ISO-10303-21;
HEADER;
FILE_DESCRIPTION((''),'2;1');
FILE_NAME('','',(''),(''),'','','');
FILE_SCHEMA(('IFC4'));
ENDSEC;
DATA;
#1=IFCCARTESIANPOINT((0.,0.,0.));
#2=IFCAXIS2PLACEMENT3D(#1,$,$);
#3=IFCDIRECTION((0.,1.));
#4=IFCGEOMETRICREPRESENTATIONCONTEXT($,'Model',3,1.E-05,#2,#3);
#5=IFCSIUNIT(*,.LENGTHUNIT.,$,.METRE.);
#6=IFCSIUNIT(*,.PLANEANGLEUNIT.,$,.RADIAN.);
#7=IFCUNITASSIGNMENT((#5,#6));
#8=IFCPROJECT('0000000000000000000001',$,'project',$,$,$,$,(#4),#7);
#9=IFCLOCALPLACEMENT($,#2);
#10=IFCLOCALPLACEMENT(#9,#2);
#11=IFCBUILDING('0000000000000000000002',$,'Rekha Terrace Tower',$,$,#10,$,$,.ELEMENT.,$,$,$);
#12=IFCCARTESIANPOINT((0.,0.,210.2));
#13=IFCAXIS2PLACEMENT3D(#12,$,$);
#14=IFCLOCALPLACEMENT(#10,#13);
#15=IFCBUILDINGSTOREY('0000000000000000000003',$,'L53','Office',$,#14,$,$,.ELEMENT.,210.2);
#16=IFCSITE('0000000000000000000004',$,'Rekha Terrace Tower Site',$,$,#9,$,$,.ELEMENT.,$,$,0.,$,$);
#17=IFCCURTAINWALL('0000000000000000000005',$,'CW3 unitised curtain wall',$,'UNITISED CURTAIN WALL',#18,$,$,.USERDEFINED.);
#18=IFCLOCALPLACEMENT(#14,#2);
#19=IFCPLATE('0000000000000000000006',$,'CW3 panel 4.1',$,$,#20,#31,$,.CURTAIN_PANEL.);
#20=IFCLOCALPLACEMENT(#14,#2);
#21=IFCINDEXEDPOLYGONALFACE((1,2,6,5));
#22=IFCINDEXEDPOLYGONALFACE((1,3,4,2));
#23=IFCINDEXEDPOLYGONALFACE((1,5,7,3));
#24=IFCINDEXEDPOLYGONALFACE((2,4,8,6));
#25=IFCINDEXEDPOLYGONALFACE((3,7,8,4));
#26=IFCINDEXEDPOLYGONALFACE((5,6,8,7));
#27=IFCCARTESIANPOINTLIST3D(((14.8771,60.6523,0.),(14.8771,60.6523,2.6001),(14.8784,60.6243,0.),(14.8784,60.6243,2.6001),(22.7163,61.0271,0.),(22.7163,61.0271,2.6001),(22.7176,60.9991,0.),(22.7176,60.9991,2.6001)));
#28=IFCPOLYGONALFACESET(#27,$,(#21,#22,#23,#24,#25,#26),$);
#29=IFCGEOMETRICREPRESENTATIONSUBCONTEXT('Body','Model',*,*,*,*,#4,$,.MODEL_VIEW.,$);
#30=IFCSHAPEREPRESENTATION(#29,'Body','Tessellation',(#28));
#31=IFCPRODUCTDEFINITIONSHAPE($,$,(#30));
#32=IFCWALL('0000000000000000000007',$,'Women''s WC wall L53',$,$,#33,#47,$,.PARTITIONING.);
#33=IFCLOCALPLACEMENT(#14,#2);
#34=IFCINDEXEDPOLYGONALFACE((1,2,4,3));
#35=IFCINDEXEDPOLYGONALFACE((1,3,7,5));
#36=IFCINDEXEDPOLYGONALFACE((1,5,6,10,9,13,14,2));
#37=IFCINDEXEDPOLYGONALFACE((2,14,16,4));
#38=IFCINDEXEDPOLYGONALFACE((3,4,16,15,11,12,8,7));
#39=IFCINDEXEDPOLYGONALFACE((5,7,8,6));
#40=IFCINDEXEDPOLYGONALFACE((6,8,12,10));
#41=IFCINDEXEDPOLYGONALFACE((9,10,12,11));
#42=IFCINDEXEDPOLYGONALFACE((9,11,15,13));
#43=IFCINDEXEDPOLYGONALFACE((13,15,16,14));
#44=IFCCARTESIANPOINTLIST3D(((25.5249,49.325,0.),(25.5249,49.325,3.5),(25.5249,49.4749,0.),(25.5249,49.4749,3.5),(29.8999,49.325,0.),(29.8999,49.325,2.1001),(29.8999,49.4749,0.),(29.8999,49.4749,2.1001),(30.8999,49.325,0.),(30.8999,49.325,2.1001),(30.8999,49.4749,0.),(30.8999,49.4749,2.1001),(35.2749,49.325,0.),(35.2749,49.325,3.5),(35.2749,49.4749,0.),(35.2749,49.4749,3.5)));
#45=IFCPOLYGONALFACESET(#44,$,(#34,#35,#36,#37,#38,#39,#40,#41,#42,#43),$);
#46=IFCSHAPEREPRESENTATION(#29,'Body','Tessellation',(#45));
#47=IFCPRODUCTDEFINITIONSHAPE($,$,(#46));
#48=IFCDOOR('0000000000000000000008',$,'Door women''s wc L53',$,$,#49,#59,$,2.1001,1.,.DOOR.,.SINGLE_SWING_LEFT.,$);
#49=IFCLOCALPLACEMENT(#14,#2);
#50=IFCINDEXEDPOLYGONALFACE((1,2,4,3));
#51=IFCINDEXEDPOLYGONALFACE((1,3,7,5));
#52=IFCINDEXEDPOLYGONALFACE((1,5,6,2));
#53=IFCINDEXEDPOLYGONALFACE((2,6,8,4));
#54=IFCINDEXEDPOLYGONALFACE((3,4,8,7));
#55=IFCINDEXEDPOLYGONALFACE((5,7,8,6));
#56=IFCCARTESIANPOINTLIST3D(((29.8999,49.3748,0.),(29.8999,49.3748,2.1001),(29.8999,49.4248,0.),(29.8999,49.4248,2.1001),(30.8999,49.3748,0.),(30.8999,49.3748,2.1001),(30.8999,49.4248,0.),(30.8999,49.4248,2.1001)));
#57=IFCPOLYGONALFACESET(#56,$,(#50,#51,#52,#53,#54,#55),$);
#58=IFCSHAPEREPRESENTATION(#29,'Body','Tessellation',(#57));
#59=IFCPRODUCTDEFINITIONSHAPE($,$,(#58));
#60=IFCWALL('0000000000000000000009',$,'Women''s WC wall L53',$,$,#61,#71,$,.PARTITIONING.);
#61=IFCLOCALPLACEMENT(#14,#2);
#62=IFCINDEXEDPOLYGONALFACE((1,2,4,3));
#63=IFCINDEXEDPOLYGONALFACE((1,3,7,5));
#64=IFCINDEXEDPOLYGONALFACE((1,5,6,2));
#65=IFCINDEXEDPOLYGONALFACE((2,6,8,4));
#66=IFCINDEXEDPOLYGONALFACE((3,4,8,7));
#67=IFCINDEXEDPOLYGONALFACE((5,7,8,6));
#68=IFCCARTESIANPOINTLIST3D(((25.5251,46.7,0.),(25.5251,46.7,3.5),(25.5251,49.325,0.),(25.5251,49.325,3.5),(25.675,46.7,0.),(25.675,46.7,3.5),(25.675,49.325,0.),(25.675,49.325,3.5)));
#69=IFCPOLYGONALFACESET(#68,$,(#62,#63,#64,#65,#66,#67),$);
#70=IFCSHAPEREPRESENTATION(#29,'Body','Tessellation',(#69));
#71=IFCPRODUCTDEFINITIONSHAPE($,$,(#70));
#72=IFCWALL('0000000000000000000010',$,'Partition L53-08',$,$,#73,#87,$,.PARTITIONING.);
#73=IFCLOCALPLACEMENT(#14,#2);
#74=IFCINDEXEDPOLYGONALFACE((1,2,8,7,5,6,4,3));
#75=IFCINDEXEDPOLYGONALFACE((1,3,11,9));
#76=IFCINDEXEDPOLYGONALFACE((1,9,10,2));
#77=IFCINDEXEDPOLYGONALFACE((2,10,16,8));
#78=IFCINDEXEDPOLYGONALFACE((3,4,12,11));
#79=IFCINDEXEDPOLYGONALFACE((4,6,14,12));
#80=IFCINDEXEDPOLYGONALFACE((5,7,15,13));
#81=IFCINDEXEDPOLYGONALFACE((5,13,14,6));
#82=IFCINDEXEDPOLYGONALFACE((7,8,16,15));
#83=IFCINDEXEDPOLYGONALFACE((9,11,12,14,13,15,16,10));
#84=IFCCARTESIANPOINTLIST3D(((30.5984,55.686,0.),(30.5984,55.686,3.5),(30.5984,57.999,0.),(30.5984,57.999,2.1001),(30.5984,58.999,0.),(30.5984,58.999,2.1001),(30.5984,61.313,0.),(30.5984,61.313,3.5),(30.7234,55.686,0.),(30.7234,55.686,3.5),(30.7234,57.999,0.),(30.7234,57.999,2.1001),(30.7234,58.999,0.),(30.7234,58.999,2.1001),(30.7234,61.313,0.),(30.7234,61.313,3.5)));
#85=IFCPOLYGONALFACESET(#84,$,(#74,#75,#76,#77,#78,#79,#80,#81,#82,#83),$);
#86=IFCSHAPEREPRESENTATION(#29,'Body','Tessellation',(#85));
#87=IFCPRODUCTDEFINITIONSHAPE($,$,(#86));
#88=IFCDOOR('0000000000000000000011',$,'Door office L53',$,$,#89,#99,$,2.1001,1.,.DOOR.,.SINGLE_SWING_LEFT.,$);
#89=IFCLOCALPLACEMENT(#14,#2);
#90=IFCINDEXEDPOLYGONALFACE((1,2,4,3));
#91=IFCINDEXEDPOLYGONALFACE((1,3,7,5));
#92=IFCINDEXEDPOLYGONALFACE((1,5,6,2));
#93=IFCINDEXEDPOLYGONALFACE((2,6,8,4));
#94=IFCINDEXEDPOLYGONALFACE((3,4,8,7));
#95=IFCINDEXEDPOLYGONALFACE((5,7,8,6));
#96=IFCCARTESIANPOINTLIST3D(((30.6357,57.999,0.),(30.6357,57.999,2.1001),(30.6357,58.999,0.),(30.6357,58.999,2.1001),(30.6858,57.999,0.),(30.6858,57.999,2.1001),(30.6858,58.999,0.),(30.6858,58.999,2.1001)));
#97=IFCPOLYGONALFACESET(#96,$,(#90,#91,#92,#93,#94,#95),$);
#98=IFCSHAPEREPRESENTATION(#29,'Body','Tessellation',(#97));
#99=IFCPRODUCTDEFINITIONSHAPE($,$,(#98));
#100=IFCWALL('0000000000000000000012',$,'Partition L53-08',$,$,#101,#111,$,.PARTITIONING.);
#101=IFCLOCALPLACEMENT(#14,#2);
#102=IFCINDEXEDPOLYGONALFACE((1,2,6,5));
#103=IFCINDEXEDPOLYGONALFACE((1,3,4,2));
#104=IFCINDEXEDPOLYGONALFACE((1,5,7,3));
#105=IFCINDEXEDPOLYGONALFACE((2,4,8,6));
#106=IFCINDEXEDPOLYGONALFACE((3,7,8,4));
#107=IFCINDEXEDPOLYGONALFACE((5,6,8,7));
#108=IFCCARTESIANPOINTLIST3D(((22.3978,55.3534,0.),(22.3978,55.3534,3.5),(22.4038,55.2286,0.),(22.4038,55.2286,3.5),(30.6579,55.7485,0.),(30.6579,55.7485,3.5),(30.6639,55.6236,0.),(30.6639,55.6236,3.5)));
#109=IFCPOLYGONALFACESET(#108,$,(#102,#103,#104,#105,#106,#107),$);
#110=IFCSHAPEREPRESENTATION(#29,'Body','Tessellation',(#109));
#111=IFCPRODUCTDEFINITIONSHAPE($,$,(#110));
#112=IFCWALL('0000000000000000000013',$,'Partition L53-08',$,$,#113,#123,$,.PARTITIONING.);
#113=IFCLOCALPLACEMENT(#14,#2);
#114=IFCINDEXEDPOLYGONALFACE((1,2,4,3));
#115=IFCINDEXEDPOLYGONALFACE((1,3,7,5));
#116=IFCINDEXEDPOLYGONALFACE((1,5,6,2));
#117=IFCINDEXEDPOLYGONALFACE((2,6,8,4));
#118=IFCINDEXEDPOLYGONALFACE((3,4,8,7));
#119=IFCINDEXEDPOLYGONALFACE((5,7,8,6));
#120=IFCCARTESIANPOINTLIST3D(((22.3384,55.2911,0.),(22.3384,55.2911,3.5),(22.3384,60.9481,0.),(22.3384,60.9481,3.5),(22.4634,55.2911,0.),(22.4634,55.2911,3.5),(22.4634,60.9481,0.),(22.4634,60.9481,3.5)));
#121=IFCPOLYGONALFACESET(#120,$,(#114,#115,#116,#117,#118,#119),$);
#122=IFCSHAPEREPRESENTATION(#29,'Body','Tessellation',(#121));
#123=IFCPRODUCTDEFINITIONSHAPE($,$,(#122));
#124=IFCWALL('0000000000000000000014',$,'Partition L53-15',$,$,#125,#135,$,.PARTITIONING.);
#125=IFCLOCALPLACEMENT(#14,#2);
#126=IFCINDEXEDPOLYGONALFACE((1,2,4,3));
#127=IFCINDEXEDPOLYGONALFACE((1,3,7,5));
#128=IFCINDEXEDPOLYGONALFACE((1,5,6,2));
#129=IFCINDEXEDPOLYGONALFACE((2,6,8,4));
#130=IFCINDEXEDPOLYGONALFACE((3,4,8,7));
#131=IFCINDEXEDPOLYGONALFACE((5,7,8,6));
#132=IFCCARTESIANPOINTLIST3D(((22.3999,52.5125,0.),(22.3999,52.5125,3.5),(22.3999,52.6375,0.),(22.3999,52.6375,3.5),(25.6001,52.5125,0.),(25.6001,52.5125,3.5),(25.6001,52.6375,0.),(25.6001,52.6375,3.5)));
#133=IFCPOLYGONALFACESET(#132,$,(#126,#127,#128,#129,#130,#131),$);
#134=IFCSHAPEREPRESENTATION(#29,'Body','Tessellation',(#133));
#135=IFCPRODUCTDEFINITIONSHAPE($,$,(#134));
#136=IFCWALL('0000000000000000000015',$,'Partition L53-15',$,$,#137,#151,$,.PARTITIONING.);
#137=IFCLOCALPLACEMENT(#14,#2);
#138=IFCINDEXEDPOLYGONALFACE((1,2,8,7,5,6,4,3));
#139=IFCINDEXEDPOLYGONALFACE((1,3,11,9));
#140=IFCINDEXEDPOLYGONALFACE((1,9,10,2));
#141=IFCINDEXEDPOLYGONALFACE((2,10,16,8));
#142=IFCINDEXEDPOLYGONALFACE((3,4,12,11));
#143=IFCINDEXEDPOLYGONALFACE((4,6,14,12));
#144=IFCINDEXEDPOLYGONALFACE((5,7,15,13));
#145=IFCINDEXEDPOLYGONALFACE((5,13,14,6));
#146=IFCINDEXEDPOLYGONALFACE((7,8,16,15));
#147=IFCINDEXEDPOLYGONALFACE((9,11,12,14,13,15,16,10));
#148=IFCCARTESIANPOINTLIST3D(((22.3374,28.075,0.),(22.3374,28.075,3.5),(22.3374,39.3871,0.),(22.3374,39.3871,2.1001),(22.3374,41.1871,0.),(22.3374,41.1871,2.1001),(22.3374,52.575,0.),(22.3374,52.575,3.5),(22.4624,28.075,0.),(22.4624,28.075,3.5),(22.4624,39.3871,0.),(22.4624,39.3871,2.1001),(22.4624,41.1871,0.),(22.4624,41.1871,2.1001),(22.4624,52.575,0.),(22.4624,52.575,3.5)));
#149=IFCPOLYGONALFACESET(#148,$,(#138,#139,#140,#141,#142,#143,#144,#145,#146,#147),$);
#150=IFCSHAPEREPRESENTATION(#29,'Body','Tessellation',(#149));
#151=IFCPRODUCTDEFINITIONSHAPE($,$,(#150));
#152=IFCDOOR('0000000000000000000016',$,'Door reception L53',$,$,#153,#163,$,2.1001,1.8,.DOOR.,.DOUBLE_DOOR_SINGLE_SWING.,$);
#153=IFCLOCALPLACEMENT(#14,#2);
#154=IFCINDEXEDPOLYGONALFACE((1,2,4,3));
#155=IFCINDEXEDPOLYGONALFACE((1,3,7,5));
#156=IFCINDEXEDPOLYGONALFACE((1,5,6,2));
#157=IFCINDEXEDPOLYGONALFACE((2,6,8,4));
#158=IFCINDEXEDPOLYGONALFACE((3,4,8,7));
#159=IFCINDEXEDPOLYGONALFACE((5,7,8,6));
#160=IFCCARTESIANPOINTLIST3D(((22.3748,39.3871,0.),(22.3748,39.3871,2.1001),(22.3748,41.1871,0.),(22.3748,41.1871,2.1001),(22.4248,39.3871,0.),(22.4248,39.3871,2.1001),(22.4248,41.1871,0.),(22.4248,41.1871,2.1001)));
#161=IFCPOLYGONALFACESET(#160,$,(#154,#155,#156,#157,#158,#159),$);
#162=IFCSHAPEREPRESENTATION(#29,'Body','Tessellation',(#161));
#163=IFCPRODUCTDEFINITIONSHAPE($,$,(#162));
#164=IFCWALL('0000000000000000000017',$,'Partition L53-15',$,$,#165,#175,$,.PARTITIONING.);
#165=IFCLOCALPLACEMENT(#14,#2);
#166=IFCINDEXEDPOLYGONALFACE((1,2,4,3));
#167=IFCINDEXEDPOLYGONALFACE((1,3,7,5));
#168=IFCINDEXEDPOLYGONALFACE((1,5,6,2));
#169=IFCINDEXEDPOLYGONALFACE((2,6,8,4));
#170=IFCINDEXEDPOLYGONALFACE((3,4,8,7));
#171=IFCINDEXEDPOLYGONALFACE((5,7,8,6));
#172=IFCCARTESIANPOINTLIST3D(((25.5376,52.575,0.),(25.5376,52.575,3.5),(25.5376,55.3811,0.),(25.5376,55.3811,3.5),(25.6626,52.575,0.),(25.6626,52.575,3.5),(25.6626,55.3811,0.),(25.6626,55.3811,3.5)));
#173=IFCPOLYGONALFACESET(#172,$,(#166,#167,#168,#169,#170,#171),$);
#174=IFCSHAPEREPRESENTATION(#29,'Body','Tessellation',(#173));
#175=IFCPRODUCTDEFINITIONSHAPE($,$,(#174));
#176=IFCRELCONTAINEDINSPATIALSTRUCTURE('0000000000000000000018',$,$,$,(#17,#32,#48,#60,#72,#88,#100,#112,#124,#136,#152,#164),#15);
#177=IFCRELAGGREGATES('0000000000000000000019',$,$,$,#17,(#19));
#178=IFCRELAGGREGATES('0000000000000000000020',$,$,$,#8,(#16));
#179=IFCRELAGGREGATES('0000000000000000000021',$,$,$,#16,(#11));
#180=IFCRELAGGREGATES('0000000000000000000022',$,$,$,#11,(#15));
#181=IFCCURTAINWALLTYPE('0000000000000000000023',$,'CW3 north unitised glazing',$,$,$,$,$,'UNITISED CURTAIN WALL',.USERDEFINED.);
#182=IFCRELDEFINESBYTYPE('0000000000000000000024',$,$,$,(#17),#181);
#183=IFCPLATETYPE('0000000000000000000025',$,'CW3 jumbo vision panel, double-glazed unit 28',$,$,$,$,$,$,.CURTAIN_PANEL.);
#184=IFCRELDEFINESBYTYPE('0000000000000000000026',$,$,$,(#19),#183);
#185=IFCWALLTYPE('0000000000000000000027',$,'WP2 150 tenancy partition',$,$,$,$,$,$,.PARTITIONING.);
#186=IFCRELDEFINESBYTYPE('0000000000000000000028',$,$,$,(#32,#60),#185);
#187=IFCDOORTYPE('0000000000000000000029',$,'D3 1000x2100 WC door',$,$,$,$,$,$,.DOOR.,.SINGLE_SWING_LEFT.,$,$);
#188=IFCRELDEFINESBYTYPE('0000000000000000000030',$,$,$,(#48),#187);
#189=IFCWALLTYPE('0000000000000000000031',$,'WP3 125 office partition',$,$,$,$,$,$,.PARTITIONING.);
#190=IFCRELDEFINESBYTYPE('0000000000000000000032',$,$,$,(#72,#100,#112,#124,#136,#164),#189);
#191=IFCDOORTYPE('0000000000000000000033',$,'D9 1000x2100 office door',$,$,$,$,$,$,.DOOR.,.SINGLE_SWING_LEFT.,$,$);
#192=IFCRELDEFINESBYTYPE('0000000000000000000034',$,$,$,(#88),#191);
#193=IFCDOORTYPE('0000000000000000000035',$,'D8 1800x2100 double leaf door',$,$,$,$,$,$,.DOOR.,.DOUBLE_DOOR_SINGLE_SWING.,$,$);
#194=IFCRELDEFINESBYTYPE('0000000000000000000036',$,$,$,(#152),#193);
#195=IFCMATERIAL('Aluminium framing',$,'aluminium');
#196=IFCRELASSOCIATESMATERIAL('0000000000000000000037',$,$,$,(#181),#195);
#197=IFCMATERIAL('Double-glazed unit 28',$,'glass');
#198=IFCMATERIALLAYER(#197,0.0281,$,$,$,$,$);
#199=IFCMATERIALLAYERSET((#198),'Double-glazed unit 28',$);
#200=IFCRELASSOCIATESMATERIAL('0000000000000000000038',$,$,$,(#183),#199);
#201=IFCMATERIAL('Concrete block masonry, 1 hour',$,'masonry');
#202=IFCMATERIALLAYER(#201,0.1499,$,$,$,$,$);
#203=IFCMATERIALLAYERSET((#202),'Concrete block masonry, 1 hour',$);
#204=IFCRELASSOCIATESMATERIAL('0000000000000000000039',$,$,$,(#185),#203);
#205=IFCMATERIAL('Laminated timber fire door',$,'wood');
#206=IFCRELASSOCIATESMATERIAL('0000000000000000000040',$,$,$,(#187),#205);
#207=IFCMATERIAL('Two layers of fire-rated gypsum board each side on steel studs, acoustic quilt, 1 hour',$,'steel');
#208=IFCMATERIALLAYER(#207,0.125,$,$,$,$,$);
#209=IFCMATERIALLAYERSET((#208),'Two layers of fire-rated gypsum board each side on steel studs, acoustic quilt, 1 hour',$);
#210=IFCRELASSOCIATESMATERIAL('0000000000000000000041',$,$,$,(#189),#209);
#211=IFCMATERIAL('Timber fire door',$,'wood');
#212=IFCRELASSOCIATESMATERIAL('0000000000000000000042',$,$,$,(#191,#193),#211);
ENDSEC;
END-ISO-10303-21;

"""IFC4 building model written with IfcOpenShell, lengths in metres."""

from ifc_helpers import new_model, si_unit, direction, frame, frame_2d, origin, origin_2d, place, context, subcontext, project, spatial, rectangle, extrude, material, layer, layer_set, type_object, element, fill, aggregate, save


model = new_model("IFC4")

# Units and contexts
model_context = context("Model", 3, precision=1e-05, world=origin(), true_north=direction((0.0, 1.0)))
body_context = subcontext(model_context, "Body", "Model", "MODEL_VIEW")
ifc_project = project(units=[si_unit("LENGTHUNIT", "METRE"), si_unit("PLANEANGLEUNIT", "RADIAN")], contexts=[model_context])

# Site, building, storey
site_placement = place(None, origin())
site = spatial("IfcSite", under=ifc_project, at=site_placement, Name="Rekha Terrace Tower Site", CompositionType="ELEMENT", RefElevation=0.0)
building_placement = place(site_placement, origin())
building = spatial("IfcBuilding", under=site, at=building_placement, Name="Rekha Terrace Tower", CompositionType="ELEMENT")
storey_placement = place(building_placement, frame((0.0, 0.0, 210.2)))
storey = spatial("IfcBuildingStorey", under=building, at=storey_placement, Name="L53", Description="Office", CompositionType="ELEMENT", Elevation=210.2)

# Curtain wall, plate
ifc_material_1 = material(Name="Aluminium framing", Category="aluminium")
curtain_wall_type = type_object("IfcCurtainWallType", Name="CW3 north unitised glazing", ElementType="UNITISED CURTAIN WALL", PredefinedType="USERDEFINED", material=ifc_material_1)
curtain_wall_placement = place(storey_placement, origin())
curtain_wall = element("IfcCurtainWall", 1, at=curtain_wall_placement, inside=storey, type_object=curtain_wall_type, Name="CW3 unitised curtain wall", ObjectType="UNITISED CURTAIN WALL", PredefinedType="USERDEFINED")
ifc_material_2 = material(Name="Double-glazed unit 28", Category="glass")
ifc_layer_1 = layer(ifc_material_2, 0.0281)
ifc_layer_set_1 = layer_set([ifc_layer_1], Name="Double-glazed unit 28")
plate_type = type_object("IfcPlateType", Name="CW3 jumbo vision panel, double-glazed unit 28", PredefinedType="CURTAIN_PANEL", material=ifc_layer_set_1)
plate_1_placement = place(storey_placement, frame((18.7974, 60.8257, 0.0), z_axis=(0.0, 0.0, 1.0), x_axis=(-0.998859, -0.047759, 0.0)))
plate_1 = element("IfcPlate", 2, at=plate_1_placement, type_object=plate_type, Name="CW3 panel 4.1", PredefinedType="CURTAIN_PANEL", context=body_context, shape_type="SweptSolid", body=[
    extrude(rectangle(XDim=7.8481, YDim=0.0281, at=origin_2d()), origin(), (0.0, 0.0, 1.0), 2.6001),
])
aggregate(curtain_wall, [plate_1])

# Wall, opening, door
ifc_material_3 = material(Name="Concrete block masonry, 1 hour", Category="masonry")
ifc_layer_2 = layer(ifc_material_3, 0.1499)
ifc_layer_set_2 = layer_set([ifc_layer_2], Name="Concrete block masonry, 1 hour")
wall_type_1 = type_object("IfcWallType", Name="WP2 150 tenancy partition", PredefinedType="PARTITIONING", material=ifc_layer_set_2)
wall_1_placement = place(storey_placement, frame((25.5249, 49.3999, 0.0), z_axis=(0.0, 0.0, 1.0), x_axis=(1.0, 0.0, 0.0)))
wall_1 = element("IfcWall", 3, at=wall_1_placement, inside=storey, type_object=wall_type_1, Name="Women's WC wall L53", PredefinedType="PARTITIONING", context=body_context, shape_type="SweptSolid", body=[
    extrude(rectangle(XDim=9.75, YDim=0.1499, at=frame_2d((4.875, 0.0))), origin(), (0.0, 0.0, 1.0), 3.5),
])
opening_1_placement = place(wall_1_placement, frame((4.375, 0.0, 0.0)))
opening_1 = element("IfcOpeningElement", 4, at=opening_1_placement, cuts=wall_1, PredefinedType="OPENING", context=body_context, shape_type="SweptSolid", body=[
    extrude(rectangle(XDim=1.0, YDim=2.1001, at=frame_2d((0.5, 1.05))), frame((0.0, 0.085, 0.0), z_axis=(0.0, -1.0, 0.0), x_axis=(1.0, 0.0, 0.0)), (0.0, 0.0, 1.0), 0.1699),
])
ifc_material_4 = material(Name="Laminated timber fire door", Category="wood")
door_type_1 = type_object("IfcDoorType", Name="D3 1000x2100 WC door", OperationType="SINGLE_SWING_LEFT", PredefinedType="DOOR", material=ifc_material_4)
door_1_placement = place(opening_1_placement, origin())
door_1 = element("IfcDoor", 5, at=door_1_placement, inside=storey, type_object=door_type_1, Name="Door women's wc L53", OperationType="SINGLE_SWING_LEFT", OverallHeight=2.1001, OverallWidth=1.0, PredefinedType="DOOR", context=body_context, shape_type="SweptSolid", body=[
    extrude(rectangle(XDim=1.0, YDim=2.1001, at=frame_2d((0.5, 1.05))), frame((0.0, 0.0249, 0.0), z_axis=(0.0, -1.0, 0.0), x_axis=(1.0, 0.0, 0.0)), (0.0, 0.0, 1.0), 0.05),
])
fill(opening_1, door_1)

# Wall
wall_2_placement = place(storey_placement, frame((25.6001, 46.7, 0.0), z_axis=(0.0, 0.0, 1.0), x_axis=(0.0, 1.0, 0.0)))
element("IfcWall", 6, at=wall_2_placement, inside=storey, type_object=wall_type_1, Name="Women's WC wall L53", PredefinedType="PARTITIONING", context=body_context, shape_type="SweptSolid", body=[
    extrude(rectangle(XDim=2.625, YDim=0.1499, at=frame_2d((1.3125, 0.0))), origin(), (0.0, 0.0, 1.0), 3.5),
])

# Wall, opening, door
ifc_material_5 = material(Name="Two layers of fire-rated gypsum board each side on steel studs, acoustic quilt, 1 hour", Category="steel")
ifc_layer_3 = layer(ifc_material_5, 0.125)
ifc_layer_set_3 = layer_set([ifc_layer_3], Name="Two layers of fire-rated gypsum board each side on steel studs, acoustic quilt, 1 hour")
wall_type_2 = type_object("IfcWallType", Name="WP3 125 office partition", PredefinedType="PARTITIONING", material=ifc_layer_set_3)
wall_3_placement = place(storey_placement, frame((30.6609, 61.313, 0.0), z_axis=(0.0, 0.0, 1.0), x_axis=(0.0, -1.0, 0.0)))
wall_3 = element("IfcWall", 7, at=wall_3_placement, inside=storey, type_object=wall_type_2, Name="Partition L53-08", PredefinedType="PARTITIONING", context=body_context, shape_type="SweptSolid", body=[
    extrude(rectangle(XDim=5.627, YDim=0.125, at=frame_2d((2.8135, 0.0))), origin(), (0.0, 0.0, 1.0), 3.5),
])
opening_2_placement = place(wall_3_placement, frame((2.314, 0.0, 0.0)))
opening_2 = element("IfcOpeningElement", 8, at=opening_2_placement, cuts=wall_3, PredefinedType="OPENING", context=body_context, shape_type="SweptSolid", body=[
    extrude(rectangle(XDim=1.0, YDim=2.1001, at=frame_2d((0.5, 1.05))), frame((0.0, 0.0725, 0.0), z_axis=(0.0, -1.0, 0.0), x_axis=(1.0, 0.0, 0.0)), (0.0, 0.0, 1.0), 0.145),
])
ifc_material_6 = material(Name="Timber fire door", Category="wood")
door_type_2 = type_object("IfcDoorType", Name="D9 1000x2100 office door", OperationType="SINGLE_SWING_LEFT", PredefinedType="DOOR", material=ifc_material_6)
door_2_placement = place(opening_2_placement, origin())
door_2 = element("IfcDoor", 9, at=door_2_placement, inside=storey, type_object=door_type_2, Name="Door office L53", OperationType="SINGLE_SWING_LEFT", OverallHeight=2.1001, OverallWidth=1.0, PredefinedType="DOOR", context=body_context, shape_type="SweptSolid", body=[
    extrude(rectangle(XDim=1.0, YDim=2.1001, at=frame_2d((0.5, 1.05))), frame((0.0, 0.0249, 0.0), z_axis=(0.0, -1.0, 0.0), x_axis=(1.0, 0.0, 0.0)), (0.0, 0.0, 1.0), 0.05),
])
fill(opening_2, door_2)

# Walls
wall_4_placement = place(storey_placement, frame((30.6609, 55.686, 0.0), z_axis=(0.0, 0.0, 1.0), x_axis=(-0.998858, -0.047769, 0.0)))
element("IfcWall", 10, at=wall_4_placement, inside=storey, type_object=wall_type_2, Name="Partition L53-08", PredefinedType="PARTITIONING", context=body_context, shape_type="SweptSolid", body=[
    extrude(rectangle(XDim=8.2695, YDim=0.125, at=frame_2d((4.1348, 0.0))), origin(), (0.0, 0.0, 1.0), 3.5),
])
wall_5_placement = place(storey_placement, frame((22.4009, 55.291, 0.0), z_axis=(0.0, 0.0, 1.0), x_axis=(0.0, 1.0, 0.0)))
element("IfcWall", 11, at=wall_5_placement, inside=storey, type_object=wall_type_2, Name="Partition L53-08", PredefinedType="PARTITIONING", context=body_context, shape_type="SweptSolid", body=[
    extrude(rectangle(XDim=5.657, YDim=0.125, at=frame_2d((2.8286, 0.0))), origin(), (0.0, 0.0, 1.0), 3.5),
])
wall_6_placement = place(storey_placement, frame((25.6001, 52.575, 0.0), z_axis=(0.0, 0.0, 1.0), x_axis=(-1.0, 0.0, 0.0)))
element("IfcWall", 12, at=wall_6_placement, inside=storey, type_object=wall_type_2, Name="Partition L53-15", PredefinedType="PARTITIONING", context=body_context, shape_type="SweptSolid", body=[
    extrude(rectangle(XDim=3.2002, YDim=0.125, at=frame_2d((1.6001, 0.0))), origin(), (0.0, 0.0, 1.0), 3.5),
])

# Wall, opening, door
wall_7_placement = place(storey_placement, frame((22.3999, 52.575, 0.0), z_axis=(0.0, 0.0, 1.0), x_axis=(0.0, -1.0, 0.0)))
wall_7 = element("IfcWall", 13, at=wall_7_placement, inside=storey, type_object=wall_type_2, Name="Partition L53-15", PredefinedType="PARTITIONING", context=body_context, shape_type="SweptSolid", body=[
    extrude(rectangle(XDim=24.5, YDim=0.125, at=frame_2d((12.25, 0.0))), origin(), (0.0, 0.0, 1.0), 3.5),
])
opening_3_placement = place(wall_7_placement, frame((11.3879, 0.0, 0.0)))
opening_3 = element("IfcOpeningElement", 14, at=opening_3_placement, cuts=wall_7, PredefinedType="OPENING", context=body_context, shape_type="SweptSolid", body=[
    extrude(rectangle(XDim=1.8, YDim=2.1001, at=frame_2d((0.8999, 1.05))), frame((0.0, 0.0725, 0.0), z_axis=(0.0, -1.0, 0.0), x_axis=(1.0, 0.0, 0.0)), (0.0, 0.0, 1.0), 0.145),
])
door_type_3 = type_object("IfcDoorType", Name="D8 1800x2100 double leaf door", OperationType="DOUBLE_DOOR_SINGLE_SWING", PredefinedType="DOOR", material=ifc_material_6)
door_3_placement = place(opening_3_placement, origin())
door_3 = element("IfcDoor", 15, at=door_3_placement, inside=storey, type_object=door_type_3, Name="Door reception L53", OperationType="DOUBLE_DOOR_SINGLE_SWING", OverallHeight=2.1001, OverallWidth=1.8, PredefinedType="DOOR", context=body_context, shape_type="SweptSolid", body=[
    extrude(rectangle(XDim=1.8, YDim=2.1001, at=frame_2d((0.8999, 1.05))), frame((0.0, 0.0249, 0.0), z_axis=(0.0, -1.0, 0.0), x_axis=(1.0, 0.0, 0.0)), (0.0, 0.0, 1.0), 0.05),
])
fill(opening_3, door_3)

# Wall
wall_8_placement = place(storey_placement, frame((25.6001, 55.3811, 0.0), z_axis=(0.0, 0.0, 1.0), x_axis=(0.0, -1.0, 0.0)))
element("IfcWall", 16, at=wall_8_placement, inside=storey, type_object=wall_type_2, Name="Partition L53-15", PredefinedType="PARTITIONING", context=body_context, shape_type="SweptSolid", body=[
    extrude(rectangle(XDim=2.8062, YDim=0.125, at=frame_2d((1.4031, 0.0))), origin(), (0.0, 0.0, 1.0), 3.5),
])

save(model, "model.ifc")
